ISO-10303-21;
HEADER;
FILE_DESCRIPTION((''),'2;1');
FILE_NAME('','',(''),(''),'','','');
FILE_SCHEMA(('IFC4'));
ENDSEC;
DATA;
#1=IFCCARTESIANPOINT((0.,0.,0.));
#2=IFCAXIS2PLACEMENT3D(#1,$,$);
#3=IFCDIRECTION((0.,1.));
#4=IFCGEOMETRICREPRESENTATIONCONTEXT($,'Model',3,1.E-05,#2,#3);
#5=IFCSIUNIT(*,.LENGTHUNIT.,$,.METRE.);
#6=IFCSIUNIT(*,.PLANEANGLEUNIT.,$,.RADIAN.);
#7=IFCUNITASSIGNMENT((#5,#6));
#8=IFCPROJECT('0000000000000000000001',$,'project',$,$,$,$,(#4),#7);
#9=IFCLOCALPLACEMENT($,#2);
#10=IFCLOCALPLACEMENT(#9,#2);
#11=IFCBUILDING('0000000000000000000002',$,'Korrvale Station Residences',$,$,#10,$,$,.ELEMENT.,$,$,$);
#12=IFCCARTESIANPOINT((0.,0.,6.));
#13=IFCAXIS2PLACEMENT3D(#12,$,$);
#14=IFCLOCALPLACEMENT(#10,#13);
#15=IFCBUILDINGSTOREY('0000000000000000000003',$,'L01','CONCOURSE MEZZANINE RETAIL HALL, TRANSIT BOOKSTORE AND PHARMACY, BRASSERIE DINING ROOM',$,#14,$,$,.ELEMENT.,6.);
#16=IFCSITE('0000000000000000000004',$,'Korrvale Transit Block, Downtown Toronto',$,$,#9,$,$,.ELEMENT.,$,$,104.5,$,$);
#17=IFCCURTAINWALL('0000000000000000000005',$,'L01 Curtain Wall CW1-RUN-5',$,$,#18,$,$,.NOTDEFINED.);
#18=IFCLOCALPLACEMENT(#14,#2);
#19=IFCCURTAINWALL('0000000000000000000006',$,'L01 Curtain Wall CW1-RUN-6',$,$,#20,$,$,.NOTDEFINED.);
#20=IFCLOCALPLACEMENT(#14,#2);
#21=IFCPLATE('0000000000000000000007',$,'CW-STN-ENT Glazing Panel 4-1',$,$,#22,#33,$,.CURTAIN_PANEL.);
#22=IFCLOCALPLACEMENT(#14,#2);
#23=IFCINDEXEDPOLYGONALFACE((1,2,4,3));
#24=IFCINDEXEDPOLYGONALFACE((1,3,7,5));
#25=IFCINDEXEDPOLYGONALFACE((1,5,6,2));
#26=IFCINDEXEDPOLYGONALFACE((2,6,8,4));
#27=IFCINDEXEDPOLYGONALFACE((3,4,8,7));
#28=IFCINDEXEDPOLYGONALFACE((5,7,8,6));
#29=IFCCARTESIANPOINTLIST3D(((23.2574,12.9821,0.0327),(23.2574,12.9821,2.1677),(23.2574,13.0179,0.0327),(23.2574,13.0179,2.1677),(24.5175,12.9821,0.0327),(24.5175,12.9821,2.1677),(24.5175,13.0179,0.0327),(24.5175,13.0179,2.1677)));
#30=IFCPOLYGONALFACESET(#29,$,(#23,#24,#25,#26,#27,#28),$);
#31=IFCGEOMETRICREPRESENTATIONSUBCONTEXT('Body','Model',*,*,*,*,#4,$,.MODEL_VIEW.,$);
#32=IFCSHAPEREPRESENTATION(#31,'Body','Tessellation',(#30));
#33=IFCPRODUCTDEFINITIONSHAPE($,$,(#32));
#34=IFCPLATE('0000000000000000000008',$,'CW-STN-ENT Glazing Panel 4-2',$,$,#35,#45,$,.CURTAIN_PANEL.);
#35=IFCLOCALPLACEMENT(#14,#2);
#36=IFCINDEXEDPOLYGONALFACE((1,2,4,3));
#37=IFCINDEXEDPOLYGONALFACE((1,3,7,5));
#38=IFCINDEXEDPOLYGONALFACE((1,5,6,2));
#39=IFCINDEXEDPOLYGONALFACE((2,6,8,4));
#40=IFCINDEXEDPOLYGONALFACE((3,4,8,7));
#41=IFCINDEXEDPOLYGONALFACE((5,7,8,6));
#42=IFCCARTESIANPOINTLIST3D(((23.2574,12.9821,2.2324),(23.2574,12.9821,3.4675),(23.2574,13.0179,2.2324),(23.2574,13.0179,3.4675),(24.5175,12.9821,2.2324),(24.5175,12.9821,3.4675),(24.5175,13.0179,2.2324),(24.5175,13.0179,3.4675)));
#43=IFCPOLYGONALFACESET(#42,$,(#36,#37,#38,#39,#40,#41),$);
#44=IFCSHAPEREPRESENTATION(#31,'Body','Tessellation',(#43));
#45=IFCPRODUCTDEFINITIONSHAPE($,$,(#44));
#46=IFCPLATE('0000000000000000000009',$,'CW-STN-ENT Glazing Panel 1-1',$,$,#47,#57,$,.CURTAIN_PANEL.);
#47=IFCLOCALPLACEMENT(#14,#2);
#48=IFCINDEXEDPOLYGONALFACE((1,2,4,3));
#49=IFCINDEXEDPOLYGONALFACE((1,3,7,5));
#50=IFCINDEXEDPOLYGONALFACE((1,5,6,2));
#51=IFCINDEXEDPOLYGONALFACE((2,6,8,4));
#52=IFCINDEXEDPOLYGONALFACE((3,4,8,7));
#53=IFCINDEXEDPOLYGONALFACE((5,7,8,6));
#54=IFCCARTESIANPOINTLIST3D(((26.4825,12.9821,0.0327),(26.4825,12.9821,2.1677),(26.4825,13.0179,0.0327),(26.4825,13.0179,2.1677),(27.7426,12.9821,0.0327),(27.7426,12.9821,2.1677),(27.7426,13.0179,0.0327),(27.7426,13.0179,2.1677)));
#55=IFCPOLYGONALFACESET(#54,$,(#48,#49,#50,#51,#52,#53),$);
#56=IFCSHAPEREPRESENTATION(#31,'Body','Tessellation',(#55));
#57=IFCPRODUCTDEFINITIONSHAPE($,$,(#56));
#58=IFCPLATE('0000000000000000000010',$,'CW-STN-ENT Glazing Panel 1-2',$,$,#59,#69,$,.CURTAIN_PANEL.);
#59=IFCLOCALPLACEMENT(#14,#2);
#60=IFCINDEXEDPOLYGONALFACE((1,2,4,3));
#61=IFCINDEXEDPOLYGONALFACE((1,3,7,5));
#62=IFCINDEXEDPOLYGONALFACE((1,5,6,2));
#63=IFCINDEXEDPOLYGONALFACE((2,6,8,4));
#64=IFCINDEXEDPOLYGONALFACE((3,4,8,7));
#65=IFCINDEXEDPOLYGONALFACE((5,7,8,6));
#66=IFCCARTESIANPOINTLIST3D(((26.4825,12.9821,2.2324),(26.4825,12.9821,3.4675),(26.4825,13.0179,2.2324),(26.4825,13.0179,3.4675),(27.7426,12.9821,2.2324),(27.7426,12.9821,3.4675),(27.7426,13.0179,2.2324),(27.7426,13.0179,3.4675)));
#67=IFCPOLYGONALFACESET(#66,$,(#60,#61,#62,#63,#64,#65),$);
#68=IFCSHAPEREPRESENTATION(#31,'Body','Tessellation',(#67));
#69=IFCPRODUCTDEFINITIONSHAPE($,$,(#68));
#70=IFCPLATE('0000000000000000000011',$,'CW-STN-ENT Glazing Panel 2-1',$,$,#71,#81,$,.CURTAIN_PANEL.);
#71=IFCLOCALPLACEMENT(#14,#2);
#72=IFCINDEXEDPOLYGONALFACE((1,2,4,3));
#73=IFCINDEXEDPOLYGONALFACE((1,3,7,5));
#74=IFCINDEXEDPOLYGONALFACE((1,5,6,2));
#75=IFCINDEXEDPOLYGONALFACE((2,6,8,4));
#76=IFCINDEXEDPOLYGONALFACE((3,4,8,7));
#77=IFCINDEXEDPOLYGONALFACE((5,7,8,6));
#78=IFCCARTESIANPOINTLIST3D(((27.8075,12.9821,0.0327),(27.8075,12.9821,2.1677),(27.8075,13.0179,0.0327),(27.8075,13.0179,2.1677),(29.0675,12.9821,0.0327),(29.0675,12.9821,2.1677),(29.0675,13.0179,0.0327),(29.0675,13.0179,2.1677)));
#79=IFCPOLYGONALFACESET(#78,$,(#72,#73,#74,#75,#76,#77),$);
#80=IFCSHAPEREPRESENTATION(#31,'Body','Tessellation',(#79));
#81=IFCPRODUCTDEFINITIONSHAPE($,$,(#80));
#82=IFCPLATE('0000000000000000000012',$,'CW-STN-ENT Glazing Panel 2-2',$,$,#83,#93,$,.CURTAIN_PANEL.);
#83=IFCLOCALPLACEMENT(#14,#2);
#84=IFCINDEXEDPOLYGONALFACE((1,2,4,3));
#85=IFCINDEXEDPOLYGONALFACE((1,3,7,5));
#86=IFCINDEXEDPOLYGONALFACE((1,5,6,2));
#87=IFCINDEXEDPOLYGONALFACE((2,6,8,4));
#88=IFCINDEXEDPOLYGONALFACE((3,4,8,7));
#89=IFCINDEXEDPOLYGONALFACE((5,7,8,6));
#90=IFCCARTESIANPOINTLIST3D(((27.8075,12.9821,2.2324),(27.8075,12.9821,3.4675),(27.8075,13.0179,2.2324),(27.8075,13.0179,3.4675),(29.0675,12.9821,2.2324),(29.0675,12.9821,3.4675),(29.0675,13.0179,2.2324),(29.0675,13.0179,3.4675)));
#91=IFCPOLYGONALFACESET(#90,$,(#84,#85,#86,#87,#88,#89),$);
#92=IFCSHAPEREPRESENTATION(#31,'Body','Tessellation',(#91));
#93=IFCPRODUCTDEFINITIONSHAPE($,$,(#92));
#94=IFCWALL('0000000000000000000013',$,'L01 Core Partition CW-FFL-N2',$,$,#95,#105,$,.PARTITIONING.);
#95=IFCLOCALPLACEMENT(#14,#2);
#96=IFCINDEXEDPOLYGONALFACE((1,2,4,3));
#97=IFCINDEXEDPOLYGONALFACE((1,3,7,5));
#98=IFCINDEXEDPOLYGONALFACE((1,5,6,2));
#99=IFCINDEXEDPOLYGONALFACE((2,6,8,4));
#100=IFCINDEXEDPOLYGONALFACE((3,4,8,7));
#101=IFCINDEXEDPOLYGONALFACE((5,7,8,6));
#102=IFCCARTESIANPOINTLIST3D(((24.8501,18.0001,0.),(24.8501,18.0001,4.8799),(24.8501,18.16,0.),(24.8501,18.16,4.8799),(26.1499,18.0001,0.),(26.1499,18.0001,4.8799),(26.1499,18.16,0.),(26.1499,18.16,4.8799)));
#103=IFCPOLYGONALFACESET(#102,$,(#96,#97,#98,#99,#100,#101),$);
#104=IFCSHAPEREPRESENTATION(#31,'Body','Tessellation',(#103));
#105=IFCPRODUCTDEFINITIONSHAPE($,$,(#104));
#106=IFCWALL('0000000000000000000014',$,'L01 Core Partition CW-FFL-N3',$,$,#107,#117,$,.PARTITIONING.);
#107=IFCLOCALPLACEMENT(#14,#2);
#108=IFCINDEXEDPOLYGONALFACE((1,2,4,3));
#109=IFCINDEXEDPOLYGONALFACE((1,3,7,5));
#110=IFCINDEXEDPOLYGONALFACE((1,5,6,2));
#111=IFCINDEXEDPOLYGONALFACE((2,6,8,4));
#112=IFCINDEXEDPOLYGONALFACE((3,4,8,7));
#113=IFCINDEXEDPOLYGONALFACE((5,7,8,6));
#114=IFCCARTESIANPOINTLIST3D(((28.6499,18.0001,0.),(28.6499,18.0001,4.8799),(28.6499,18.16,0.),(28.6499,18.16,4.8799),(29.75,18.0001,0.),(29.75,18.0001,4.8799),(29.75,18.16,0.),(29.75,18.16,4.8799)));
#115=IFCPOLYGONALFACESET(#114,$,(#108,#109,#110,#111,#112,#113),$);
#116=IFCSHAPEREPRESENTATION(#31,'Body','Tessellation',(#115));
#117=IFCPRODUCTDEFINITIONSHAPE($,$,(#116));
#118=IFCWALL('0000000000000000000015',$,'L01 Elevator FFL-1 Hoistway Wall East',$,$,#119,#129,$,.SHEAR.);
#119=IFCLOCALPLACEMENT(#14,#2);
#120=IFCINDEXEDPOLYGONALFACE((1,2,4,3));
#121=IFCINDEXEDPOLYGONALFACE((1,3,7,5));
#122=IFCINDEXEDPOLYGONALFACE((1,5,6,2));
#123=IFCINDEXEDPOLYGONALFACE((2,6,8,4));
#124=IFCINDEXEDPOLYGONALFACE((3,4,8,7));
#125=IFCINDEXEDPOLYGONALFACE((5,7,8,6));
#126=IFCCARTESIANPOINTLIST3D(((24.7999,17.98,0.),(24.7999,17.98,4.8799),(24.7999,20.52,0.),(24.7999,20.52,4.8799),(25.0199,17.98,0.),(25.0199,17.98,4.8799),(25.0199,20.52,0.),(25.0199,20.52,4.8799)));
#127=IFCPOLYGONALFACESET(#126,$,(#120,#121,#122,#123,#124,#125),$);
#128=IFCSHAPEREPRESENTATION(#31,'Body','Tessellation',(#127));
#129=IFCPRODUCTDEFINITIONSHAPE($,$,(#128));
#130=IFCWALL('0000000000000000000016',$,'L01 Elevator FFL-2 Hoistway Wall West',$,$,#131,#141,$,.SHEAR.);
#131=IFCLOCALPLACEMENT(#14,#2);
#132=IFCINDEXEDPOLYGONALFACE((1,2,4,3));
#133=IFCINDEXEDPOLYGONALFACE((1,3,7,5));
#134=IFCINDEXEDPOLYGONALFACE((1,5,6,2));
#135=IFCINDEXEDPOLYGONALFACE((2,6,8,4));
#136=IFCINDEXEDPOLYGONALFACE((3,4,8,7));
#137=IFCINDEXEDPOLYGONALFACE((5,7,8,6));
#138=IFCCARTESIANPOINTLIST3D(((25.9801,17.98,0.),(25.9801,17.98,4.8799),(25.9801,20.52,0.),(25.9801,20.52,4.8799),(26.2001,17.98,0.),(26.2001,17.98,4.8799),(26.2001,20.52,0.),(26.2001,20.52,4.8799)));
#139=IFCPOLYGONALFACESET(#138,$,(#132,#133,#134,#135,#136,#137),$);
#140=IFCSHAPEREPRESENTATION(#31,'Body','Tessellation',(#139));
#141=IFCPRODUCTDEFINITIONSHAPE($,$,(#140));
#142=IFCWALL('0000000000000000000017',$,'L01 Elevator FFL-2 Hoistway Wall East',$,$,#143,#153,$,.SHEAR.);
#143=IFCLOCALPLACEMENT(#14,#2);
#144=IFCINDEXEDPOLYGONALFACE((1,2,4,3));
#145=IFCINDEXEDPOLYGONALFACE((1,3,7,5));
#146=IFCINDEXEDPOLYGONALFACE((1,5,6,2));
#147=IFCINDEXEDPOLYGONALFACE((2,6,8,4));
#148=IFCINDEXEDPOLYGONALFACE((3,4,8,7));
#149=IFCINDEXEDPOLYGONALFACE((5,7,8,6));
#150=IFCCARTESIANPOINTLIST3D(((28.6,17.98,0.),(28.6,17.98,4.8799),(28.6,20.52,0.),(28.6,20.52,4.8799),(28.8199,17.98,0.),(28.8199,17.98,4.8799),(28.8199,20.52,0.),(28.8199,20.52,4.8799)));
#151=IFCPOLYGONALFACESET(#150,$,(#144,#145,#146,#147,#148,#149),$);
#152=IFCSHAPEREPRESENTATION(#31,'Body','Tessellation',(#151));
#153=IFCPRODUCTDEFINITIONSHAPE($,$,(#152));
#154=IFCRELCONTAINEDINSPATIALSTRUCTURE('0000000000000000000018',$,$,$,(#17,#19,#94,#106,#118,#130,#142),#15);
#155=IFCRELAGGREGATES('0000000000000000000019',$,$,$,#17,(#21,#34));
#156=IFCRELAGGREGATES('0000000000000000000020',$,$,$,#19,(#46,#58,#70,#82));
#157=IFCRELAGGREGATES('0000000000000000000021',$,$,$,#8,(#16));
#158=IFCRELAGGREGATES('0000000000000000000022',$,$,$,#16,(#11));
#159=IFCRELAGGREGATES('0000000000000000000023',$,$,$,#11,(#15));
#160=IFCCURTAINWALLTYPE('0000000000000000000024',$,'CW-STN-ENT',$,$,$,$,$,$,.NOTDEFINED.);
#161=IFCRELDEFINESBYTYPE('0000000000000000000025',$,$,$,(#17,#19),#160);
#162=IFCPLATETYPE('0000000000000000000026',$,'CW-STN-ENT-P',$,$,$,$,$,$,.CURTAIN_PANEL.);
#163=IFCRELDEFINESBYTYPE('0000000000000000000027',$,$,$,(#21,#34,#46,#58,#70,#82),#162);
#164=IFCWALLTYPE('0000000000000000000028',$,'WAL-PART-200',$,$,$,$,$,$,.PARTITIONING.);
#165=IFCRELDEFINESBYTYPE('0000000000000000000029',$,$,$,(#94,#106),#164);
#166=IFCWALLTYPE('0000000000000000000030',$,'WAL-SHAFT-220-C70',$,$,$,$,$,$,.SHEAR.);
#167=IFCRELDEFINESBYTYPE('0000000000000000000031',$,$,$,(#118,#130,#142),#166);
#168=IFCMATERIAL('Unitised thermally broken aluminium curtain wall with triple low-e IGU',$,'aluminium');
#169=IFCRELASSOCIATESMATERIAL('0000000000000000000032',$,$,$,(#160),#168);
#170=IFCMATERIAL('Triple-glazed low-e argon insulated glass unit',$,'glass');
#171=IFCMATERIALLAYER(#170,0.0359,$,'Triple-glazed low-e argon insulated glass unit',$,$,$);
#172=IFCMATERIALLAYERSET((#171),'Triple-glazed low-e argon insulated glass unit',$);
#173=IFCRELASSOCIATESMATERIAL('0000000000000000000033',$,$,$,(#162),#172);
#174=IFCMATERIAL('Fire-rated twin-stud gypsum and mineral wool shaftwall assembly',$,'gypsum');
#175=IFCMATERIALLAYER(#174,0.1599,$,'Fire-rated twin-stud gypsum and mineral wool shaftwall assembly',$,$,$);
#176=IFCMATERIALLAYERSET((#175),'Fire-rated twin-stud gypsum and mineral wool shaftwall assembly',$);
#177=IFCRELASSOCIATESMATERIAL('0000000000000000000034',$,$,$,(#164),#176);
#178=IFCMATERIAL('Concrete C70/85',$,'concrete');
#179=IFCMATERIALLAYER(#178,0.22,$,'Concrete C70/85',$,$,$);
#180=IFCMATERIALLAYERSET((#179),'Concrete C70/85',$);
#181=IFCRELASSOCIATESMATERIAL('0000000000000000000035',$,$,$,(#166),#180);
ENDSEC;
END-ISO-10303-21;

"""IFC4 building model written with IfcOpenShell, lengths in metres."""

from ifc_helpers import new_model, si_unit, direction, frame, frame_2d, origin, origin_2d, place, context, subcontext, project, spatial, rectangle, extrude, material, layer, layer_set, type_object, element, aggregate, save


model = new_model("IFC4")

# Units and contexts
model_context = context("Model", 3, precision=1e-05, world=origin(), true_north=direction((0.0, 1.0)))
body_context = subcontext(model_context, "Body", "Model", "MODEL_VIEW")
ifc_project = project(units=[si_unit("LENGTHUNIT", "METRE"), si_unit("PLANEANGLEUNIT", "RADIAN")], contexts=[model_context])

# Site, building, storey
site_placement = place(None, origin())
site = spatial("IfcSite", under=ifc_project, at=site_placement, Name="Korrvale Transit Block, Downtown Toronto", CompositionType="ELEMENT", RefElevation=104.5)
building_placement = place(site_placement, origin())
building = spatial("IfcBuilding", under=site, at=building_placement, Name="Korrvale Station Residences", CompositionType="ELEMENT")
storey_placement = place(building_placement, frame((0.0, 0.0, 6.0)))
storey = spatial("IfcBuildingStorey", under=building, at=storey_placement, Name="L01", Description="CONCOURSE MEZZANINE RETAIL HALL, TRANSIT BOOKSTORE AND PHARMACY, BRASSERIE DINING ROOM", CompositionType="ELEMENT", Elevation=6.0)

# Curtain wall
ifc_material_1 = material(Name="Unitised thermally broken aluminium curtain wall with triple low-e IGU", Category="aluminium")
curtain_wall_type = type_object("IfcCurtainWallType", Name="CW-STN-ENT", PredefinedType="NOTDEFINED", material=ifc_material_1)
curtain_wall_1_placement = place(storey_placement, origin())
curtain_wall_1 = element("IfcCurtainWall", 1, at=curtain_wall_1_placement, inside=storey, type_object=curtain_wall_type, Name="L01 Curtain Wall CW1-RUN-5", PredefinedType="NOTDEFINED")

# Curtain wall
curtain_wall_2_placement = place(storey_placement, origin())
curtain_wall_2 = element("IfcCurtainWall", 2, at=curtain_wall_2_placement, inside=storey, type_object=curtain_wall_type, Name="L01 Curtain Wall CW1-RUN-6", PredefinedType="NOTDEFINED")

# Plates
ifc_material_2 = material(Name="Triple-glazed low-e argon insulated glass unit", Category="glass")
ifc_layer_1 = layer(ifc_material_2, 0.0359, Name="Triple-glazed low-e argon insulated glass unit")
ifc_layer_set_1 = layer_set([ifc_layer_1], Name="Triple-glazed low-e argon insulated glass unit")
plate_type = type_object("IfcPlateType", Name="CW-STN-ENT-P", PredefinedType="CURTAIN_PANEL", material=ifc_layer_set_1)
plate_1_placement = place(storey_placement, frame((23.8875, 13.0, 0.0327), z_axis=(0.0, 0.0, 1.0), x_axis=(1.0, 0.0, 0.0)))
plate_1 = element("IfcPlate", 3, at=plate_1_placement, type_object=plate_type, Name="CW-STN-ENT Glazing Panel 4-1", PredefinedType="CURTAIN_PANEL", context=body_context, shape_type="SweptSolid", body=[
    extrude(rectangle(XDim=1.26, YDim=0.0359, at=origin_2d()), origin(), (0.0, 0.0, 1.0), 2.135),
])
plate_2_placement = place(storey_placement, frame((23.8875, 13.0, 2.2324), z_axis=(0.0, 0.0, 1.0), x_axis=(1.0, 0.0, 0.0)))
plate_2 = element("IfcPlate", 4, at=plate_2_placement, type_object=plate_type, Name="CW-STN-ENT Glazing Panel 4-2", PredefinedType="CURTAIN_PANEL", context=body_context, shape_type="SweptSolid", body=[
    extrude(rectangle(XDim=1.26, YDim=0.0359, at=origin_2d()), origin(), (0.0, 0.0, 1.0), 1.2351),
])
aggregate(curtain_wall_1, [plate_1, plate_2])
plate_3_placement = place(storey_placement, frame((27.1125, 13.0, 0.0327), z_axis=(0.0, 0.0, 1.0), x_axis=(1.0, 0.0, 0.0)))
plate_3 = element("IfcPlate", 5, at=plate_3_placement, type_object=plate_type, Name="CW-STN-ENT Glazing Panel 1-1", PredefinedType="CURTAIN_PANEL", context=body_context, shape_type="SweptSolid", body=[
    extrude(rectangle(XDim=1.26, YDim=0.0359, at=origin_2d()), origin(), (0.0, 0.0, 1.0), 2.135),
])
plate_4_placement = place(storey_placement, frame((27.1125, 13.0, 2.2324), z_axis=(0.0, 0.0, 1.0), x_axis=(1.0, 0.0, 0.0)))
plate_4 = element("IfcPlate", 6, at=plate_4_placement, type_object=plate_type, Name="CW-STN-ENT Glazing Panel 1-2", PredefinedType="CURTAIN_PANEL", context=body_context, shape_type="SweptSolid", body=[
    extrude(rectangle(XDim=1.26, YDim=0.0359, at=origin_2d()), origin(), (0.0, 0.0, 1.0), 1.2351),
])
plate_5_placement = place(storey_placement, frame((28.4375, 13.0, 0.0327), z_axis=(0.0, 0.0, 1.0), x_axis=(1.0, 0.0, 0.0)))
plate_5 = element("IfcPlate", 7, at=plate_5_placement, type_object=plate_type, Name="CW-STN-ENT Glazing Panel 2-1", PredefinedType="CURTAIN_PANEL", context=body_context, shape_type="SweptSolid", body=[
    extrude(rectangle(XDim=1.26, YDim=0.0359, at=origin_2d()), origin(), (0.0, 0.0, 1.0), 2.135),
])
plate_6_placement = place(storey_placement, frame((28.4375, 13.0, 2.2324), z_axis=(0.0, 0.0, 1.0), x_axis=(1.0, 0.0, 0.0)))
plate_6 = element("IfcPlate", 8, at=plate_6_placement, type_object=plate_type, Name="CW-STN-ENT Glazing Panel 2-2", PredefinedType="CURTAIN_PANEL", context=body_context, shape_type="SweptSolid", body=[
    extrude(rectangle(XDim=1.26, YDim=0.0359, at=origin_2d()), origin(), (0.0, 0.0, 1.0), 1.2351),
])
aggregate(curtain_wall_2, [plate_3, plate_4, plate_5, plate_6])

# Walls
ifc_material_3 = material(Name="Fire-rated twin-stud gypsum and mineral wool shaftwall assembly", Category="gypsum")
ifc_layer_2 = layer(ifc_material_3, 0.1599, Name="Fire-rated twin-stud gypsum and mineral wool shaftwall assembly")
ifc_layer_set_2 = layer_set([ifc_layer_2], Name="Fire-rated twin-stud gypsum and mineral wool shaftwall assembly")
wall_type_1 = type_object("IfcWallType", Name="WAL-PART-200", PredefinedType="PARTITIONING", material=ifc_layer_set_2)
wall_1_placement = place(storey_placement, frame((24.8501, 18.0801, 0.0), z_axis=(0.0, 0.0, 1.0), x_axis=(1.0, 0.0, 0.0)))
element("IfcWall", 9, at=wall_1_placement, inside=storey, type_object=wall_type_1, Name="L01 Core Partition CW-FFL-N2", PredefinedType="PARTITIONING", context=body_context, shape_type="SweptSolid", body=[
    extrude(rectangle(XDim=1.2998, YDim=0.1599, at=frame_2d((0.6499, 0.0))), origin(), (0.0, 0.0, 1.0), 4.8799),
])
wall_2_placement = place(storey_placement, frame((28.6499, 18.0801, 0.0), z_axis=(0.0, 0.0, 1.0), x_axis=(1.0, 0.0, 0.0)))
element("IfcWall", 10, at=wall_2_placement, inside=storey, type_object=wall_type_1, Name="L01 Core Partition CW-FFL-N3", PredefinedType="PARTITIONING", context=body_context, shape_type="SweptSolid", body=[
    extrude(rectangle(XDim=1.1001, YDim=0.1599, at=frame_2d((0.55, 0.0))), origin(), (0.0, 0.0, 1.0), 4.8799),
])
ifc_material_4 = material(Name="Concrete C70/85", Category="concrete")
ifc_layer_3 = layer(ifc_material_4, 0.22, Name="Concrete C70/85")
ifc_layer_set_3 = layer_set([ifc_layer_3], Name="Concrete C70/85")
wall_type_2 = type_object("IfcWallType", Name="WAL-SHAFT-220-C70", PredefinedType="SHEAR", material=ifc_layer_set_3)
wall_3_placement = place(storey_placement, frame((24.9099, 17.98, 0.0), z_axis=(0.0, 0.0, 1.0), x_axis=(0.0, 1.0, 0.0)))
element("IfcWall", 11, at=wall_3_placement, inside=storey, type_object=wall_type_2, Name="L01 Elevator FFL-1 Hoistway Wall East", PredefinedType="SHEAR", context=body_context, shape_type="SweptSolid", body=[
    extrude(rectangle(XDim=2.54, YDim=0.22, at=frame_2d((1.27, 0.0))), origin(), (0.0, 0.0, 1.0), 4.8799),
])

# Walls
for number, where, z_axis, x_axis, name in (
    (12, (26.0901, 17.98, 0.0), (0.0, 0.0, 1.0), (0.0, 1.0, 0.0), "L01 Elevator FFL-2 Hoistway Wall West"),
    (13, (28.71, 17.98, 0.0), (0.0, 0.0, 1.0), (0.0, 1.0, 0.0), "L01 Elevator FFL-2 Hoistway Wall East"),
):
    element("IfcWall", number, at=place(storey_placement, frame(where, z_axis=z_axis, x_axis=x_axis)), inside=storey, type_object=wall_type_2, Name=name, PredefinedType="SHEAR", context=body_context, shape_type="SweptSolid", body=[
        extrude(rectangle(XDim=2.54, YDim=0.22, at=frame_2d((1.27, 0.0))), origin(), (0.0, 0.0, 1.0), 4.8799),
    ])

save(model, "model.ifc")
